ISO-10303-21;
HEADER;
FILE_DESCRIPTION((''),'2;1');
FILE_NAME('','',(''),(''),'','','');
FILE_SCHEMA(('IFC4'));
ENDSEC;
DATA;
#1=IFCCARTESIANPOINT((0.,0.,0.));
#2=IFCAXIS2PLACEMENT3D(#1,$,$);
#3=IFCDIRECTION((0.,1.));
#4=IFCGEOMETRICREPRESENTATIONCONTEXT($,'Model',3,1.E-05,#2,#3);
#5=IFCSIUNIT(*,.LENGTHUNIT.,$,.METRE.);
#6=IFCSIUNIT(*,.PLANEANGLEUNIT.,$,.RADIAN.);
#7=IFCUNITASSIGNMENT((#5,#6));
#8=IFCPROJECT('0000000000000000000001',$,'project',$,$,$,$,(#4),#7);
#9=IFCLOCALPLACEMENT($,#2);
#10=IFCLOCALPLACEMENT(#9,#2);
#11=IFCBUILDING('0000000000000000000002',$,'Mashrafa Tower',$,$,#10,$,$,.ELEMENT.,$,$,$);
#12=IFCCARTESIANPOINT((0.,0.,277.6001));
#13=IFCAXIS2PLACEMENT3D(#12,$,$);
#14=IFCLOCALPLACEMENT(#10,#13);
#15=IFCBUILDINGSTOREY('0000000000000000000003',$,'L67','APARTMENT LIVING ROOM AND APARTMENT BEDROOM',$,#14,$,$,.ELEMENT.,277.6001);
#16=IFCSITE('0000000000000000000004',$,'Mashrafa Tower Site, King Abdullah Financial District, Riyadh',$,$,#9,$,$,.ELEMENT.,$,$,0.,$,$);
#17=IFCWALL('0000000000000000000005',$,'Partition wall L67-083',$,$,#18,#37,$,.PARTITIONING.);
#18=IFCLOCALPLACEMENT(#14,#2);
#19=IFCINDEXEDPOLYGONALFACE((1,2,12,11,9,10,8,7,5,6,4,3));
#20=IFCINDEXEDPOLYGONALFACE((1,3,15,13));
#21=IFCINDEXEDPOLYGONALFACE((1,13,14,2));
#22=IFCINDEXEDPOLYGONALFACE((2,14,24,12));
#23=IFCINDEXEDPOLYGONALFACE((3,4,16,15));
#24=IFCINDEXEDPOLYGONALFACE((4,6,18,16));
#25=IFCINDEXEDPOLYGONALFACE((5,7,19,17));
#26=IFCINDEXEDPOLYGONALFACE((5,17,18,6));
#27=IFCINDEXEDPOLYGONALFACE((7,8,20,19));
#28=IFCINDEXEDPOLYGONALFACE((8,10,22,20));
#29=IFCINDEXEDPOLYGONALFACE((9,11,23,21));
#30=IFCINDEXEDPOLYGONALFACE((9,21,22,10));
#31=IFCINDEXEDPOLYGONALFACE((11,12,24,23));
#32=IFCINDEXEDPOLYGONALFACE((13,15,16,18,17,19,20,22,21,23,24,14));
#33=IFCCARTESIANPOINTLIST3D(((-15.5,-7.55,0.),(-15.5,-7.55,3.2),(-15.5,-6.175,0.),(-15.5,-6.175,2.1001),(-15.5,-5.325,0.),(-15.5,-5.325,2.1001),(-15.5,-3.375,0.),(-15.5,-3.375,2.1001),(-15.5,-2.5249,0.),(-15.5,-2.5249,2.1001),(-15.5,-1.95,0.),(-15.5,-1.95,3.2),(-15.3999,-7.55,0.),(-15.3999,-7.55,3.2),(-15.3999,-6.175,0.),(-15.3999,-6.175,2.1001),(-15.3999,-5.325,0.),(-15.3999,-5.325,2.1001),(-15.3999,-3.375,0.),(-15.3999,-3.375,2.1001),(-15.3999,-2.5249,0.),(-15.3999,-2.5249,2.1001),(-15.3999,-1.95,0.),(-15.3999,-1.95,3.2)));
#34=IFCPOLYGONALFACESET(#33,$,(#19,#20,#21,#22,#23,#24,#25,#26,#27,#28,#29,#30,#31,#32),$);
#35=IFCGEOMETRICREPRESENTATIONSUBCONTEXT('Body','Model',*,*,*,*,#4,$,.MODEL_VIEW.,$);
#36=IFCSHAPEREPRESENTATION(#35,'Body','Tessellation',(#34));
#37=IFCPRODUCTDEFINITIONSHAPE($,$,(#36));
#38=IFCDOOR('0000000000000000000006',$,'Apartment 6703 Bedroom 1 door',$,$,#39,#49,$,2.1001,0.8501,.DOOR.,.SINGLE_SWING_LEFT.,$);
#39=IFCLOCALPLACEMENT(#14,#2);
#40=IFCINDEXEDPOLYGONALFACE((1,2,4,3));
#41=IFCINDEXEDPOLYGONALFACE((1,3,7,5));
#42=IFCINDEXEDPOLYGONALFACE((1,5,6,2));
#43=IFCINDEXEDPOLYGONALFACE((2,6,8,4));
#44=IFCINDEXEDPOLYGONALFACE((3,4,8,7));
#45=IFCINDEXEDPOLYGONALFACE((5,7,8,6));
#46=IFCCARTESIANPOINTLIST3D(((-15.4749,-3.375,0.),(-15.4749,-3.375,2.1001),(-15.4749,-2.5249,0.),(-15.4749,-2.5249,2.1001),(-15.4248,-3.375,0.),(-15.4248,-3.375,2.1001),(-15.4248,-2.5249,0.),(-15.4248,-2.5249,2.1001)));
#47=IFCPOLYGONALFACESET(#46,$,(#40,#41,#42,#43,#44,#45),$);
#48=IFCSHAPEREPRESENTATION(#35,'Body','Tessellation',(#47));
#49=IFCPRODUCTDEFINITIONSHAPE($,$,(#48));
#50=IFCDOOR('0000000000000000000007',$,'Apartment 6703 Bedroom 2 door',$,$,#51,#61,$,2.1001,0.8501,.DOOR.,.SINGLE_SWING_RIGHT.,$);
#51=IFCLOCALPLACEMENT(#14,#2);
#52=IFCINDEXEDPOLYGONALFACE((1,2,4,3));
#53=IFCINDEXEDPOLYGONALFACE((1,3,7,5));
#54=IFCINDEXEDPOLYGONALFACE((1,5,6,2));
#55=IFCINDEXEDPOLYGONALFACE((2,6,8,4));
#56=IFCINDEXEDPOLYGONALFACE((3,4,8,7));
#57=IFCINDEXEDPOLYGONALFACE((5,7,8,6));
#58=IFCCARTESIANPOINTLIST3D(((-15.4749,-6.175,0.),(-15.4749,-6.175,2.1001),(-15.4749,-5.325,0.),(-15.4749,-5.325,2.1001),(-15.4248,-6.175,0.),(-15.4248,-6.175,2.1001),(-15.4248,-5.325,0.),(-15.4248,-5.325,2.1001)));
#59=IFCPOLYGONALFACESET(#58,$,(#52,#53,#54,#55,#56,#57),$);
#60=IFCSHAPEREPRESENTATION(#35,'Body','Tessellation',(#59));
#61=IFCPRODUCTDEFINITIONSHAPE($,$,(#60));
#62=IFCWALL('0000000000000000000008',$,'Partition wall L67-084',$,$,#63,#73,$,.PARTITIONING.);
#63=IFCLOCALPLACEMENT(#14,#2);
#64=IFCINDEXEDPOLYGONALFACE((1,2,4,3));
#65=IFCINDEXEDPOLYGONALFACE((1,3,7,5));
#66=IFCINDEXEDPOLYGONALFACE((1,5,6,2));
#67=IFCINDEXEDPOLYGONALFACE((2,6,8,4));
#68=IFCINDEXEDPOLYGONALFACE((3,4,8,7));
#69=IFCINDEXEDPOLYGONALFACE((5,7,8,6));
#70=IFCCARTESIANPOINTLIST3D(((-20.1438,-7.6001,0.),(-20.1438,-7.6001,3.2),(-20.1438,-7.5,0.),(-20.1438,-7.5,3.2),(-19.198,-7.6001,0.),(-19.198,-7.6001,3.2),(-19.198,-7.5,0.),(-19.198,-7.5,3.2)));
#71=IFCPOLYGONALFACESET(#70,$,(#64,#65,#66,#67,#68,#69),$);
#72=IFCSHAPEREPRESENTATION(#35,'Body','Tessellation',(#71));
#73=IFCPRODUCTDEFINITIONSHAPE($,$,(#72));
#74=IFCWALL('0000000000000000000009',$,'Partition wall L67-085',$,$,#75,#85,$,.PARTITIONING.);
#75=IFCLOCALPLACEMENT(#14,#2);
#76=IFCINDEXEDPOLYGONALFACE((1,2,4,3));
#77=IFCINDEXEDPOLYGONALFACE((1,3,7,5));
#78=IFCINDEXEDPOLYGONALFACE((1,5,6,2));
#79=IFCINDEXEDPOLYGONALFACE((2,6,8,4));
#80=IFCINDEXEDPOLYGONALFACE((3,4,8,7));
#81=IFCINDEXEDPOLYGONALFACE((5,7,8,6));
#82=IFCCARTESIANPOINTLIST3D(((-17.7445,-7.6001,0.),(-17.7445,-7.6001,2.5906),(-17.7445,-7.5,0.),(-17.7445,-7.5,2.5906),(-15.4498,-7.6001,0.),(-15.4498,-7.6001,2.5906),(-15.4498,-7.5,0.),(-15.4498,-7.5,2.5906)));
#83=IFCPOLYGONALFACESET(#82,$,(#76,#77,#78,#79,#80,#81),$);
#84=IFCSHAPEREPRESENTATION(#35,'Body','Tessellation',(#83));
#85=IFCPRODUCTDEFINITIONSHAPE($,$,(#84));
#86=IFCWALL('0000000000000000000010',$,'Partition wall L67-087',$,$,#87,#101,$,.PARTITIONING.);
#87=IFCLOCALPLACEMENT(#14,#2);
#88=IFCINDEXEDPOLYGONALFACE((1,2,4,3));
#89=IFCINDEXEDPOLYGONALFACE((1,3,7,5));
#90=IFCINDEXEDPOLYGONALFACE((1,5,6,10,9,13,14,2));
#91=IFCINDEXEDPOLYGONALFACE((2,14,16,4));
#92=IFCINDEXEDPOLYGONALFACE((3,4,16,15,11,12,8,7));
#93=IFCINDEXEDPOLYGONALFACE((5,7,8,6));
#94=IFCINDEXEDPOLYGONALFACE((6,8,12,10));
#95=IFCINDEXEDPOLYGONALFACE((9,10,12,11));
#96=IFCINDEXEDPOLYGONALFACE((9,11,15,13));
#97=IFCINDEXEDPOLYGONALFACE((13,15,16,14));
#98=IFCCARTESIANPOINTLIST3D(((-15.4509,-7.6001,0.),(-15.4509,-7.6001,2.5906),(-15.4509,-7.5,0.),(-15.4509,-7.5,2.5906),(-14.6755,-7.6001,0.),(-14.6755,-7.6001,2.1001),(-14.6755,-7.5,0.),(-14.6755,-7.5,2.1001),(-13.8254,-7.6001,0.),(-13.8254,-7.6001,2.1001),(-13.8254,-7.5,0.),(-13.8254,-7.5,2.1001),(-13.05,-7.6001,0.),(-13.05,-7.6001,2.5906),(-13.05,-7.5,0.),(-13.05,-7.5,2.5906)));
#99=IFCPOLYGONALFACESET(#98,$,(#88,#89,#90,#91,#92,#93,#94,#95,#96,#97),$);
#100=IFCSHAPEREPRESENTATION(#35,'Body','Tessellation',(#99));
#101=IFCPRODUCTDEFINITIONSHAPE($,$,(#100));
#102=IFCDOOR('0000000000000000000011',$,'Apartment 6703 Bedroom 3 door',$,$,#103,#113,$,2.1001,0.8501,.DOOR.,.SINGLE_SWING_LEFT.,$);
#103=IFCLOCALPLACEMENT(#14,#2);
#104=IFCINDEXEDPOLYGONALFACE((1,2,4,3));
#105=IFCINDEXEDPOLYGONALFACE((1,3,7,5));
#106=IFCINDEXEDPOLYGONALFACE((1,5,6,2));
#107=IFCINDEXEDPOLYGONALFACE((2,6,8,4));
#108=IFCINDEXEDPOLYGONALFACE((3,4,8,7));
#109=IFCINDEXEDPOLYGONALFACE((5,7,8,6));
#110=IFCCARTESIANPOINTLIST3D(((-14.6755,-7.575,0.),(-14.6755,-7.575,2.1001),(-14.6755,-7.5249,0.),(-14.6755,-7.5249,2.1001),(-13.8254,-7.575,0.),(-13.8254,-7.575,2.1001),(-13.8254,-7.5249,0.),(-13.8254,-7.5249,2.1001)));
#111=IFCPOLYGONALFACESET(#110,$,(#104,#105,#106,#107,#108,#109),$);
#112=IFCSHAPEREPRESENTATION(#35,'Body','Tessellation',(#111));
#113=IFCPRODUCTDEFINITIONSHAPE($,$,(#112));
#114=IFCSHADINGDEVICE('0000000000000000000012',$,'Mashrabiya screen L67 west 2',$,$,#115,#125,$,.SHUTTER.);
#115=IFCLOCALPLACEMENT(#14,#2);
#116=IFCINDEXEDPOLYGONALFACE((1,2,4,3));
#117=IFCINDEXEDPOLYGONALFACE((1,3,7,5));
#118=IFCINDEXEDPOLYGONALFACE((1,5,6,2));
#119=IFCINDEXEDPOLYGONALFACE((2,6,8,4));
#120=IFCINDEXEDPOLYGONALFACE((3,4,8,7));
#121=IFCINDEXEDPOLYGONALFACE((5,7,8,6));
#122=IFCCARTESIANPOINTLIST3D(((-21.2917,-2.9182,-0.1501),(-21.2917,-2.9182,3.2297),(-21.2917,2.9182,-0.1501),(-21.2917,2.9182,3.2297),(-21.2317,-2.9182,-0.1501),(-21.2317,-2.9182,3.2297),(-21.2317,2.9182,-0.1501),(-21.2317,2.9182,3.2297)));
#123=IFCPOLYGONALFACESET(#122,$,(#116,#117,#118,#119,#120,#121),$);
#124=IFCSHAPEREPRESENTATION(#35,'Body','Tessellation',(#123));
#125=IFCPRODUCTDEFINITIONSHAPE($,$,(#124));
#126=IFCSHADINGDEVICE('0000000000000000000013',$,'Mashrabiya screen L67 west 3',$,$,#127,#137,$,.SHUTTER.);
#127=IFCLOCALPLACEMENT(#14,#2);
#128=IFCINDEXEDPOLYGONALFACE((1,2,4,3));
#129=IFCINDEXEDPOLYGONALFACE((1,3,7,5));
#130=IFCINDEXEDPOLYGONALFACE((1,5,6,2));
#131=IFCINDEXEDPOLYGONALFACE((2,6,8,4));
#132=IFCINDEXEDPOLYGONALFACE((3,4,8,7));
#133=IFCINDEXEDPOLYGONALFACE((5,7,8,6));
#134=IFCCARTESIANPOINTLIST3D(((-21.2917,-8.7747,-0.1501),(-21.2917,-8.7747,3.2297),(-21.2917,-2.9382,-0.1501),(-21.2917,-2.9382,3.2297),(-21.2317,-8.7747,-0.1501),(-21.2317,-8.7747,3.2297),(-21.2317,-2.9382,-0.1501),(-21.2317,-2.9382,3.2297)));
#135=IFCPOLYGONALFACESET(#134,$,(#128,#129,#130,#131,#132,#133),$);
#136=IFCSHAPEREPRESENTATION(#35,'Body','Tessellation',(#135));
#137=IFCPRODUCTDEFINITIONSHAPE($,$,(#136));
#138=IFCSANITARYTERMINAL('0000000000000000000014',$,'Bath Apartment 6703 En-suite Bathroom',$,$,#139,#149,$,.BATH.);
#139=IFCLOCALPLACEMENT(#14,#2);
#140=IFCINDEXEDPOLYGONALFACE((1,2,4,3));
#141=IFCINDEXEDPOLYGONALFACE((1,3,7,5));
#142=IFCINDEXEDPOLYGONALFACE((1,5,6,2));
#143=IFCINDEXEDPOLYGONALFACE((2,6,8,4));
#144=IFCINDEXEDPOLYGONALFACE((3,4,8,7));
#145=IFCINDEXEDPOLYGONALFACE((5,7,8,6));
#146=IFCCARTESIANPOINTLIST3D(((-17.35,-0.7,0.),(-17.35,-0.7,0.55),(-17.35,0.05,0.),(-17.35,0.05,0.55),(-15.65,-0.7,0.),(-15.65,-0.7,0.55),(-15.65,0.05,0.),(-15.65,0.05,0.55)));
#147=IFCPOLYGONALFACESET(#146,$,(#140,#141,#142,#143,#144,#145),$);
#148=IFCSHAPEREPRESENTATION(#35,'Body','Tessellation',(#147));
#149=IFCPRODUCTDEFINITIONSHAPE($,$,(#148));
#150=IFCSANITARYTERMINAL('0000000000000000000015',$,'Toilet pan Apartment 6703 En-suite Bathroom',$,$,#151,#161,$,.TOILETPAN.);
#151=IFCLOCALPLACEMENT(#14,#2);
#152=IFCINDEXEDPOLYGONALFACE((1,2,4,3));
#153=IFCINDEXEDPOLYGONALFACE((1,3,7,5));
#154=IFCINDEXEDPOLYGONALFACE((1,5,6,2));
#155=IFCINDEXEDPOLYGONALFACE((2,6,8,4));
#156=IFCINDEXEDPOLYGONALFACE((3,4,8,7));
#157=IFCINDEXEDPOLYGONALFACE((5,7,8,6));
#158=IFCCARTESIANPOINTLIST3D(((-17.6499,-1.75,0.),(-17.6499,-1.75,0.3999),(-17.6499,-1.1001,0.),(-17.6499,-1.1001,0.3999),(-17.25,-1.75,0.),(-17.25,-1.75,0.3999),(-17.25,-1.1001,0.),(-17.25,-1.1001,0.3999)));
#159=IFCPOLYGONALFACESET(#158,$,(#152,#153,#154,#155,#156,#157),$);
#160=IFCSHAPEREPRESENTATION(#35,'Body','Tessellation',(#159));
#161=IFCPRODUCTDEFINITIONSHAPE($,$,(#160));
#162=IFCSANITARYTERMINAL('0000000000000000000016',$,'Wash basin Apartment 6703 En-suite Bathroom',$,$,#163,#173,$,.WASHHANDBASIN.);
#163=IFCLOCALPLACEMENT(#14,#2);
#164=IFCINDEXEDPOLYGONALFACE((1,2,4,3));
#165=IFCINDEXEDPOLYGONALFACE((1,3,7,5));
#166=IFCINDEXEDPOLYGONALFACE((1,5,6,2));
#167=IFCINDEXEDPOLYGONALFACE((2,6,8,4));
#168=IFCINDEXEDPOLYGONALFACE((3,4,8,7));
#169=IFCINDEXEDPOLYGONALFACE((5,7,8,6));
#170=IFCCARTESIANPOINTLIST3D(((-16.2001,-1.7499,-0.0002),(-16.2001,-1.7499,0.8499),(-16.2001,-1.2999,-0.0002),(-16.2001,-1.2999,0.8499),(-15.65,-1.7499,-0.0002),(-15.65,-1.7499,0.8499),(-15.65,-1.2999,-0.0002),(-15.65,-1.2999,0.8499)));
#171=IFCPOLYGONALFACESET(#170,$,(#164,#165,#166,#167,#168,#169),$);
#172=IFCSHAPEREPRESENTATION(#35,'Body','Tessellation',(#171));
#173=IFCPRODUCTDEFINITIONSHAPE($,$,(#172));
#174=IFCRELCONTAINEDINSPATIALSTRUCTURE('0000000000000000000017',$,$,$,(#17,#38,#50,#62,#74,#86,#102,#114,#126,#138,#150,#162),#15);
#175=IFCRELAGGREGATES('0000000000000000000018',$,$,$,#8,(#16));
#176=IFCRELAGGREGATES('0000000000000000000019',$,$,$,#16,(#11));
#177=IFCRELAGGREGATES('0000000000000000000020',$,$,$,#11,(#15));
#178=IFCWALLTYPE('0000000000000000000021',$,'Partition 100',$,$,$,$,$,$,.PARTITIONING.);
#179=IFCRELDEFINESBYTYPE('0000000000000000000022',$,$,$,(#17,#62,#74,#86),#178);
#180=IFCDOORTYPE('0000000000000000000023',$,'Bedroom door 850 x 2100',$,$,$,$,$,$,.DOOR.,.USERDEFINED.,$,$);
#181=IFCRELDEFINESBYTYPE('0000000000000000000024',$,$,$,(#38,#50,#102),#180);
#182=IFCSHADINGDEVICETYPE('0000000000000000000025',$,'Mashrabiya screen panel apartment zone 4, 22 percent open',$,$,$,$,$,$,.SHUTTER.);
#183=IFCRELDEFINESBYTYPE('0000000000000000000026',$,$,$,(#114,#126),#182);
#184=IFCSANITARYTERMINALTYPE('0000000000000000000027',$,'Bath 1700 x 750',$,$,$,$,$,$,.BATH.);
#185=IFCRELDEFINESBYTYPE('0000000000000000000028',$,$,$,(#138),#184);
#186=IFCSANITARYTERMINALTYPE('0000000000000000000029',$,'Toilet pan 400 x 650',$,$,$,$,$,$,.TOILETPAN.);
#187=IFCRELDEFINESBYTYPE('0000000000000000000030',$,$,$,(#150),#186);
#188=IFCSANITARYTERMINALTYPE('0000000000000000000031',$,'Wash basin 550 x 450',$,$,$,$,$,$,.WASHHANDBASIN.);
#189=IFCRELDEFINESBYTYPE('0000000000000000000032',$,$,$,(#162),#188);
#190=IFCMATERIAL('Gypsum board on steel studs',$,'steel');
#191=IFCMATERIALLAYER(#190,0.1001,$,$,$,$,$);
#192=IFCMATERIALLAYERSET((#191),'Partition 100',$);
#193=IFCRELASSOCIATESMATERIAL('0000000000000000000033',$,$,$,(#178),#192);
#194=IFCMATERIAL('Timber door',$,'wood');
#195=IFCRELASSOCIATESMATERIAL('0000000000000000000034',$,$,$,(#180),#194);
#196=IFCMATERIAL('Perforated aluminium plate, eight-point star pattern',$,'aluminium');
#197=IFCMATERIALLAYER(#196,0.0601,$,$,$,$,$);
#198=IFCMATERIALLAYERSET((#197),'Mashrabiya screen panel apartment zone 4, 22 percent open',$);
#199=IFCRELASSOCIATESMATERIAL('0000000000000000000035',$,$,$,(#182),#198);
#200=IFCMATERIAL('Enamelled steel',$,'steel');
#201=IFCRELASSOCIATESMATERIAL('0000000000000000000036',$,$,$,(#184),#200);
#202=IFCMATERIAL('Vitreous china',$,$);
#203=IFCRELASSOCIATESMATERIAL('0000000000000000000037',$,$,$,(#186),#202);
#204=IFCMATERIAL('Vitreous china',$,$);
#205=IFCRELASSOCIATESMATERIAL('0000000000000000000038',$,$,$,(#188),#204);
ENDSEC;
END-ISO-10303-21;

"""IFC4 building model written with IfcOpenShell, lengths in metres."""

from ifc_helpers import new_model, si_unit, direction, frame, frame_2d, origin, origin_2d, place, context, subcontext, project, spatial, rectangle, extrude, source, transform, mapped, material, layer, layer_set, type_object, type_shapes, element, fill, save


model = new_model("IFC4")

# Units and contexts
model_context = context("Model", 3, precision=1e-05, world=origin(), true_north=direction((0.0, 1.0)))
body_context = subcontext(model_context, "Body", "Model", "MODEL_VIEW")
ifc_project = project(units=[si_unit("LENGTHUNIT", "METRE"), si_unit("PLANEANGLEUNIT", "RADIAN")], contexts=[model_context])

# Site, building, storey
site_placement = place(None, origin())
site = spatial("IfcSite", under=ifc_project, at=site_placement, Name="Mashrafa Tower Site, King Abdullah Financial District, Riyadh", CompositionType="ELEMENT", RefElevation=0.0)
building_placement = place(site_placement, origin())
building = spatial("IfcBuilding", under=site, at=building_placement, Name="Mashrafa Tower", CompositionType="ELEMENT")
storey_placement = place(building_placement, frame((0.0, 0.0, 277.6001)))
storey = spatial("IfcBuildingStorey", under=building, at=storey_placement, Name="L67", Description="APARTMENT LIVING ROOM AND APARTMENT BEDROOM", CompositionType="ELEMENT", Elevation=277.6001)

# Shared definitions
ifc_material_1 = material(Name="Gypsum board on steel studs", Category="steel")
ifc_layer_1 = layer(ifc_material_1, 0.1001)
ifc_layer_set_1 = layer_set([ifc_layer_1], Name="Partition 100")
wall_type_1 = type_object("IfcWallType", Name="Partition 100", PredefinedType="PARTITIONING", material=ifc_layer_set_1)

# Wall, openings, doors
wall_1_placement = place(storey_placement, frame((-15.45, -1.95, 0.0), z_axis=(0.0, 0.0, 1.0), x_axis=(0.0, -1.0, 0.0)))
wall_1 = element("IfcWall", 1, at=wall_1_placement, inside=storey, type_object=wall_type_1, Name="Partition wall L67-083", PredefinedType="PARTITIONING", context=body_context, shape_type="SweptSolid", body=[
    extrude(rectangle(XDim=5.6001, YDim=0.1001, at=frame_2d((2.8, 0.0))), origin(), (0.0, 0.0, 1.0), 3.2),
])
opening_1_placement = place(wall_1_placement, frame((0.575, 0.0, 0.0)))
opening_1 = element("IfcOpeningElement", 2, at=opening_1_placement, cuts=wall_1, PredefinedType="OPENING", context=body_context, shape_type="SweptSolid", body=[
    extrude(rectangle(XDim=0.8501, YDim=2.1001, at=frame_2d((0.425, 1.05))), frame((0.0, 0.0601, 0.0), z_axis=(0.0, -1.0, 0.0), x_axis=(1.0, 0.0, 0.0)), (0.0, 0.0, 1.0), 0.1201),
])
opening_2_placement = place(wall_1_placement, frame((3.375, 0.0, 0.0)))
opening_2 = element("IfcOpeningElement", 3, at=opening_2_placement, cuts=wall_1, PredefinedType="OPENING", context=body_context, shape_type="SweptSolid", body=[
    extrude(rectangle(XDim=0.8501, YDim=2.1001, at=frame_2d((0.425, 1.05))), frame((0.0, 0.0601, 0.0), z_axis=(0.0, -1.0, 0.0), x_axis=(1.0, 0.0, 0.0)), (0.0, 0.0, 1.0), 0.1201),
])
ifc_material_2 = material(Name="Timber door", Category="wood")
door_type_1 = type_object("IfcDoorType", Name="Bedroom door 850 x 2100", OperationType="USERDEFINED", PredefinedType="DOOR", material=ifc_material_2)
door_1_placement = place(opening_1_placement, frame((0.8501, 0.0, 0.0), z_axis=(0.0, 0.0, 1.0), x_axis=(-1.0, 0.0, 0.0)))
door_1 = element("IfcDoor", 4, at=door_1_placement, inside=storey, type_object=door_type_1, Name="Apartment 6703 Bedroom 1 door", OperationType="SINGLE_SWING_LEFT", OverallHeight=2.1001, OverallWidth=0.8501, PredefinedType="DOOR", context=body_context, shape_type="SweptSolid", body=[
    extrude(rectangle(XDim=0.8501, YDim=2.1001, at=frame_2d((0.425, 1.05))), frame((0.0, 0.0249, 0.0), z_axis=(0.0, -1.0, 0.0), x_axis=(1.0, 0.0, 0.0)), (0.0, 0.0, 1.0), 0.05),
])
fill(opening_1, door_1)
door_2_placement = place(opening_2_placement, frame((0.8501, 0.0, 0.0), z_axis=(0.0, 0.0, 1.0), x_axis=(-1.0, 0.0, 0.0)))
door_2 = element("IfcDoor", 5, at=door_2_placement, inside=storey, type_object=door_type_1, Name="Apartment 6703 Bedroom 2 door", OperationType="SINGLE_SWING_RIGHT", OverallHeight=2.1001, OverallWidth=0.8501, PredefinedType="DOOR", context=body_context, shape_type="SweptSolid", body=[
    extrude(rectangle(XDim=0.8501, YDim=2.1001, at=frame_2d((0.425, 1.05))), frame((0.0, 0.0249, 0.0), z_axis=(0.0, -1.0, 0.0), x_axis=(1.0, 0.0, 0.0)), (0.0, 0.0, 1.0), 0.05),
])
fill(opening_2, door_2)

# Walls
wall_2_placement = place(storey_placement, frame((-20.1438, -7.55, 0.0), z_axis=(0.0, 0.0, 1.0), x_axis=(1.0, 0.0, 0.0)))
element("IfcWall", 6, at=wall_2_placement, inside=storey, type_object=wall_type_1, Name="Partition wall L67-084", PredefinedType="PARTITIONING", context=body_context, shape_type="SweptSolid", body=[
    extrude(rectangle(XDim=0.9458, YDim=0.1001, at=frame_2d((0.4729, 0.0))), origin(), (0.0, 0.0, 1.0), 3.2),
])
wall_3_placement = place(storey_placement, frame((-17.7446, -7.55, 0.0), z_axis=(0.0, 0.0, 1.0), x_axis=(1.0, 0.0, 0.0)))
element("IfcWall", 7, at=wall_3_placement, inside=storey, type_object=wall_type_1, Name="Partition wall L67-085", PredefinedType="PARTITIONING", context=body_context, shape_type="SweptSolid", body=[
    extrude(rectangle(XDim=2.2947, YDim=0.1001, at=frame_2d((1.1475, 0.0))), origin(), (0.0, 0.0, 1.0), 2.5906),
])

# Wall, opening, door
wall_4_placement = place(storey_placement, frame((-13.05, -7.55, 0.0), z_axis=(0.0, 0.0, 1.0), x_axis=(-1.0, 0.0, 0.0)))
wall_4 = element("IfcWall", 8, at=wall_4_placement, inside=storey, type_object=wall_type_1, Name="Partition wall L67-087", PredefinedType="PARTITIONING", context=body_context, shape_type="SweptSolid", body=[
    extrude(rectangle(XDim=2.4009, YDim=0.1001, at=frame_2d((1.2004, 0.0))), origin(), (0.0, 0.0, 1.0), 2.5906),
])
opening_3_placement = place(wall_4_placement, frame((0.7754, 0.0, 0.0)))
opening_3 = element("IfcOpeningElement", 9, at=opening_3_placement, cuts=wall_4, PredefinedType="OPENING", context=body_context, shape_type="SweptSolid", body=[
    extrude(rectangle(XDim=0.8501, YDim=2.1001, at=frame_2d((0.425, 1.05))), frame((0.0, 0.0601, 0.0), z_axis=(0.0, -1.0, 0.0), x_axis=(1.0, 0.0, 0.0)), (0.0, 0.0, 1.0), 0.1201),
])
door_3_placement = place(opening_3_placement, origin())
door_3 = element("IfcDoor", 10, at=door_3_placement, inside=storey, type_object=door_type_1, Name="Apartment 6703 Bedroom 3 door", OperationType="SINGLE_SWING_LEFT", OverallHeight=2.1001, OverallWidth=0.8501, PredefinedType="DOOR", context=body_context, shape_type="SweptSolid", body=[
    extrude(rectangle(XDim=0.8501, YDim=2.1001, at=frame_2d((0.425, 1.05))), frame((0.0, 0.0249, 0.0), z_axis=(0.0, -1.0, 0.0), x_axis=(1.0, 0.0, 0.0)), (0.0, 0.0, 1.0), 0.05),
])
fill(opening_3, door_3)

# Shading devices
ifc_material_3 = material(Name="Perforated aluminium plate, eight-point star pattern", Category="aluminium")
ifc_layer_2 = layer(ifc_material_3, 0.0601)
ifc_layer_set_2 = layer_set([ifc_layer_2], Name="Mashrabiya screen panel apartment zone 4, 22 percent open")
shading_device_type = type_object("IfcShadingDeviceType", Name="Mashrabiya screen panel apartment zone 4, 22 percent open", PredefinedType="SHUTTER", material=ifc_layer_set_2)
shared_shape_1 = source(origin(), body_context, "Body", "SweptSolid", [
    extrude(rectangle(XDim=5.8364, YDim=0.0601, at=origin_2d()), origin(), (0.0, 0.0, 1.0), 3.3799),
])
type_shapes(shading_device_type, [shared_shape_1])
for number, where, z_axis, x_axis, name in (
    (11, (-21.2617, 0.0, -0.1501), (0.0, 0.0, 1.0), (0.0, -1.0, 0.0), "Mashrabiya screen L67 west 2"),
    (12, (-21.2617, -5.8564, -0.1501), (0.0, 0.0, 1.0), (0.0, -1.0, 0.0), "Mashrabiya screen L67 west 3"),
):
    element("IfcShadingDevice", number, at=place(storey_placement, frame(where, z_axis=z_axis, x_axis=x_axis)), inside=storey, type_object=shading_device_type, Name=name, PredefinedType="SHUTTER", context=body_context, shape_type="MappedRepresentation", body=[
        mapped(shared_shape_1, transform((0.0, 0.0, 0.0))),
    ])

# Sanitary terminals
ifc_material_4 = material(Name="Enamelled steel", Category="steel")
sanitary_terminal_type_1 = type_object("IfcSanitaryTerminalType", Name="Bath 1700 x 750", PredefinedType="BATH", material=ifc_material_4)
sanitary_terminal_1_placement = place(storey_placement, frame((-16.5, -0.325, 0.0), z_axis=(0.0, 0.0, 1.0), x_axis=(-1.0, 0.0, 0.0)))
element("IfcSanitaryTerminal", 13, at=sanitary_terminal_1_placement, inside=storey, type_object=sanitary_terminal_type_1, Name="Bath Apartment 6703 En-suite Bathroom", PredefinedType="BATH", context=body_context, shape_type="SweptSolid", body=[
    extrude(rectangle(XDim=1.7, YDim=0.75, at=origin_2d()), origin(), (0.0, 0.0, 1.0), 0.55),
])
ifc_material_5 = material(Name="Vitreous china")
sanitary_terminal_type_2 = type_object("IfcSanitaryTerminalType", Name="Toilet pan 400 x 650", PredefinedType="TOILETPAN", material=ifc_material_5)
sanitary_terminal_2_placement = place(storey_placement, frame((-17.45, -1.425, 0.0), z_axis=(0.0, 0.0, 1.0), x_axis=(1.0, 0.0, 0.0)))
element("IfcSanitaryTerminal", 14, at=sanitary_terminal_2_placement, inside=storey, type_object=sanitary_terminal_type_2, Name="Toilet pan Apartment 6703 En-suite Bathroom", PredefinedType="TOILETPAN", context=body_context, shape_type="SweptSolid", body=[
    extrude(rectangle(XDim=0.3999, YDim=0.6499, at=origin_2d()), origin(), (0.0, 0.0, 1.0), 0.3999),
])
ifc_material_6 = material(Name="Vitreous china")
sanitary_terminal_type_3 = type_object("IfcSanitaryTerminalType", Name="Wash basin 550 x 450", PredefinedType="WASHHANDBASIN", material=ifc_material_6)
sanitary_terminal_3_placement = place(storey_placement, frame((-15.925, -1.5249, -0.0002), z_axis=(0.0, 0.0, 1.0), x_axis=(1.0, 0.0, 0.0)))
element("IfcSanitaryTerminal", 15, at=sanitary_terminal_3_placement, inside=storey, type_object=sanitary_terminal_type_3, Name="Wash basin Apartment 6703 En-suite Bathroom", PredefinedType="WASHHANDBASIN", context=body_context, shape_type="SweptSolid", body=[
    extrude(rectangle(XDim=0.55, YDim=0.45, at=origin_2d()), origin(), (0.0, 0.0, 1.0), 0.8501),
])

save(model, "model.ifc")
